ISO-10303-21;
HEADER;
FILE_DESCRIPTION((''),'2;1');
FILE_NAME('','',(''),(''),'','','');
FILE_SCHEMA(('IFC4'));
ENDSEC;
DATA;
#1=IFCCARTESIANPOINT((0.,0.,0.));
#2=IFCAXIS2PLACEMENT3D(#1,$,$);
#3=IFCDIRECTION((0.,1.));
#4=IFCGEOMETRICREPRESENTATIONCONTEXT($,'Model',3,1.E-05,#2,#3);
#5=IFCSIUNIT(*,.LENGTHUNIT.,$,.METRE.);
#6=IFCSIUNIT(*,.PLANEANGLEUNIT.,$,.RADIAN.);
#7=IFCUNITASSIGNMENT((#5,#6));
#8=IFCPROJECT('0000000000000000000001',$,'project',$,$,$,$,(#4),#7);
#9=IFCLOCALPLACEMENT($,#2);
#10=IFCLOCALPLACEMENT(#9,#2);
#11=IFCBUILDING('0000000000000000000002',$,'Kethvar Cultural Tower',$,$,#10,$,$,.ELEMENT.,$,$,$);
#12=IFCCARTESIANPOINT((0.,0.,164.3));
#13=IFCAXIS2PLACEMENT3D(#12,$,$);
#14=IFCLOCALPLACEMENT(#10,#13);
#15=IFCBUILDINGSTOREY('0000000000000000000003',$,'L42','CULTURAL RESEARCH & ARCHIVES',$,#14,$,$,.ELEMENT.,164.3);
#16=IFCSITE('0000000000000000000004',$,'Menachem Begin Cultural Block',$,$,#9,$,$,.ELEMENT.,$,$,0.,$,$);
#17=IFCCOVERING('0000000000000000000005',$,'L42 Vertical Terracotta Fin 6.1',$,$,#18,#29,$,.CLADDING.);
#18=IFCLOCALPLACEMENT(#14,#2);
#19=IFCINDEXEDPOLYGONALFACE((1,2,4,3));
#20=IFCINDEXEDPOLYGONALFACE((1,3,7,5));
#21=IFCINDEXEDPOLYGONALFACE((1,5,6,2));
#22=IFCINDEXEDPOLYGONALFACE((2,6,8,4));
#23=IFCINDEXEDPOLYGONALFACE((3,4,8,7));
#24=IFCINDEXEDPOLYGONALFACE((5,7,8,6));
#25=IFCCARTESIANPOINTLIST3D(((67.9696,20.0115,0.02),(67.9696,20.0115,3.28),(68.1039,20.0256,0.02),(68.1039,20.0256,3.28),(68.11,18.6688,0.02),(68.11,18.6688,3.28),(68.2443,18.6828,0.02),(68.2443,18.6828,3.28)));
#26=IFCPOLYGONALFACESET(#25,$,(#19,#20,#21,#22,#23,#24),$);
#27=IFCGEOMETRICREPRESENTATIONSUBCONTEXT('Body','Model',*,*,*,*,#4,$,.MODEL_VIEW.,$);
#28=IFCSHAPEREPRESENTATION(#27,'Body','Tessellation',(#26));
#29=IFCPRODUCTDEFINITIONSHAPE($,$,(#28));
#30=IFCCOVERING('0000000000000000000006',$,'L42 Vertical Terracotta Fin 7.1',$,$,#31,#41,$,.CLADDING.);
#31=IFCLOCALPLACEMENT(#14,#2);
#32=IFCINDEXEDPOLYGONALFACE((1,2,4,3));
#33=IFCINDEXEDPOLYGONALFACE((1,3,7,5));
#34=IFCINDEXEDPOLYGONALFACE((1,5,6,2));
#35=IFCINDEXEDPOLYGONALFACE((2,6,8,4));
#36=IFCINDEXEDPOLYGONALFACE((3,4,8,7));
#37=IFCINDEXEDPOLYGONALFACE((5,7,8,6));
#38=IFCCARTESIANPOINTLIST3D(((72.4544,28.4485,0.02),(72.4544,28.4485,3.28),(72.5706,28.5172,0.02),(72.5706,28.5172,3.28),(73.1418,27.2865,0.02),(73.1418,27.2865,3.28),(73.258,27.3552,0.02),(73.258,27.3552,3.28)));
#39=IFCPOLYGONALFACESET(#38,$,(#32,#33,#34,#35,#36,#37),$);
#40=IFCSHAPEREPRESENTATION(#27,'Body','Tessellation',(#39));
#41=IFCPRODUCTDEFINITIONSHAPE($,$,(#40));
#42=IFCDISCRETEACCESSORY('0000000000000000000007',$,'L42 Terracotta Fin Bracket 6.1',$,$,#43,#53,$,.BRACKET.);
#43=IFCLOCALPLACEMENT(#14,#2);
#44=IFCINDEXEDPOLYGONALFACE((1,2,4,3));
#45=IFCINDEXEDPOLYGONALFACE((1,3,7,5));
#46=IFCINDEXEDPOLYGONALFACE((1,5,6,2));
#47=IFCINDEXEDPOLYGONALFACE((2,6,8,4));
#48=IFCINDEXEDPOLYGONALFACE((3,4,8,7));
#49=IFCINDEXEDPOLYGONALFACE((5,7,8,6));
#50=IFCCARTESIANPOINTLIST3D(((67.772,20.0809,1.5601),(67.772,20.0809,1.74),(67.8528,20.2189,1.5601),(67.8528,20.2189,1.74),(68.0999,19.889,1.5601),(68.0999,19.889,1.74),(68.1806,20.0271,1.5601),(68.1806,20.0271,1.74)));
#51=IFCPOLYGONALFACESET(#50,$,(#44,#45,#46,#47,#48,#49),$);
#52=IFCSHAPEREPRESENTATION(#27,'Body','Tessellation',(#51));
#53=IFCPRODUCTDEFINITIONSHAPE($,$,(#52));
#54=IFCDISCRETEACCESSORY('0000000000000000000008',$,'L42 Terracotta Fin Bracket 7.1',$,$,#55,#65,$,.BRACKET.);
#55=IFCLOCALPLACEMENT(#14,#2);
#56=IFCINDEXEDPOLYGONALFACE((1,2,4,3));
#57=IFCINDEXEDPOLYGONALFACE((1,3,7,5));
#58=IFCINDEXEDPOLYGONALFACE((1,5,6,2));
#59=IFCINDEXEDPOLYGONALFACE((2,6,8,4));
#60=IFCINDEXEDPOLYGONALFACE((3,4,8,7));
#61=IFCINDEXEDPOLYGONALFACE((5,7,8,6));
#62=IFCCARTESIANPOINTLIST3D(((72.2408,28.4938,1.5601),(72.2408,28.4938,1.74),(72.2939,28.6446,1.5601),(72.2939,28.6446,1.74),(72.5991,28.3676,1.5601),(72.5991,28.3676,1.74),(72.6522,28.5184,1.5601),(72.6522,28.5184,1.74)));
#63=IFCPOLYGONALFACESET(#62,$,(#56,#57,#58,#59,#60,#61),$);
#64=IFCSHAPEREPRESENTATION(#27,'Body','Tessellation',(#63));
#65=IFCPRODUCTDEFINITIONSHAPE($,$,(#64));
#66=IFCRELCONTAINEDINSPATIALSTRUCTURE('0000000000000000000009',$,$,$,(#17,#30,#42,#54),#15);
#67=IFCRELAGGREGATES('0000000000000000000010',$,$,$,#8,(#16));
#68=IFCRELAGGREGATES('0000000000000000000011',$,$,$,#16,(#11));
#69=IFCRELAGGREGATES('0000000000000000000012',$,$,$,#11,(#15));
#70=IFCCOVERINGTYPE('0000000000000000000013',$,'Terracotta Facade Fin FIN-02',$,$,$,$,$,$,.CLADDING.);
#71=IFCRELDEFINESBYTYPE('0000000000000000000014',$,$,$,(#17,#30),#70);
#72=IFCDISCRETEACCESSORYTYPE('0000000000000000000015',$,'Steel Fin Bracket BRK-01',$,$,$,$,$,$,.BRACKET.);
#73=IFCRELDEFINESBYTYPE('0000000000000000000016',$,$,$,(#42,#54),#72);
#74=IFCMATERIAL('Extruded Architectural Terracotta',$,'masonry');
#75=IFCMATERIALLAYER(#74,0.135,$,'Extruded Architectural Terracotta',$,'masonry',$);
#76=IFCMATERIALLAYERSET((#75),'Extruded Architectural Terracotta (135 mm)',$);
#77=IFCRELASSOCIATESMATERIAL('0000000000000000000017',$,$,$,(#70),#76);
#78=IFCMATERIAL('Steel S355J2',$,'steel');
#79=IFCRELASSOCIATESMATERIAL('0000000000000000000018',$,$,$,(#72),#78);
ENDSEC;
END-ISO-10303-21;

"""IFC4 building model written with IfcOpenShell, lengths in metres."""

from ifc_helpers import new_model, si_unit, direction, frame, origin, origin_2d, place, context, subcontext, project, spatial, rectangle, extrude, source, transform, mapped, material, layer, layer_set, type_object, element, save


model = new_model("IFC4")

# Units and contexts
model_context = context("Model", 3, precision=1e-05, world=origin(), true_north=direction((0.0, 1.0)))
body_context = subcontext(model_context, "Body", "Model", "MODEL_VIEW")
ifc_project = project(units=[si_unit("LENGTHUNIT", "METRE"), si_unit("PLANEANGLEUNIT", "RADIAN")], contexts=[model_context])

# Site, building, storey
site_placement = place(None, origin())
site = spatial("IfcSite", under=ifc_project, at=site_placement, Name="Menachem Begin Cultural Block", CompositionType="ELEMENT", RefElevation=0.0)
building_placement = place(site_placement, origin())
building = spatial("IfcBuilding", under=site, at=building_placement, Name="Kethvar Cultural Tower", CompositionType="ELEMENT")
storey_placement = place(building_placement, frame((0.0, 0.0, 164.3)))
storey = spatial("IfcBuildingStorey", under=building, at=storey_placement, Name="L42", Description="CULTURAL RESEARCH & ARCHIVES", CompositionType="ELEMENT", Elevation=164.3)

# Shared definitions
ifc_material_1 = material(Name="Steel S355J2", Category="steel")

# Coverings
ifc_material_2 = material(Name="Extruded Architectural Terracotta", Category="masonry")
ifc_layer_1 = layer(ifc_material_2, 0.135, Name="Extruded Architectural Terracotta", Category="masonry")
ifc_layer_set_1 = layer_set([ifc_layer_1], Name="Extruded Architectural Terracotta (135 mm)")
covering_type_1 = type_object("IfcCoveringType", Name="Terracotta Facade Fin FIN-02", PredefinedType="CLADDING", material=ifc_layer_set_1)
shared_shape_1 = source(origin(), body_context, "Body", "SweptSolid", [
    extrude(rectangle(XDim=1.3501, YDim=0.135, at=origin_2d()), origin(), (0.0, 0.0, 1.0), 3.26),
])
for number, where, z_axis, x_axis, name in (
    (1, (68.1069, 19.3472, 0.02), (0.0, 0.0, 1.0), (0.104008, -0.994576, 0.0), "L42 Vertical Terracotta Fin 6.1"),
    (2, (72.8562, 27.9019, 0.02), (0.0, 0.0, 1.0), (0.509192, -0.860653, 0.0), "L42 Vertical Terracotta Fin 7.1"),
):
    element("IfcCovering", number, at=place(storey_placement, frame(where, z_axis=z_axis, x_axis=x_axis)), inside=storey, type_object=covering_type_1, Name=name, PredefinedType="CLADDING", context=body_context, shape_type="MappedRepresentation", body=[
        mapped(shared_shape_1, transform((0.0, 0.0, 0.0), scale=1.0)),
    ])

# Discrete accessories
discrete_accessory_type = type_object("IfcDiscreteAccessoryType", Name="Steel Fin Bracket BRK-01", PredefinedType="BRACKET", material=ifc_material_1)
shared_shape_2 = source(origin(), body_context, "Body", "SweptSolid", [
    extrude(rectangle(XDim=0.3799, YDim=0.1599, at=origin_2d()), origin(), (0.0, 0.0, 1.0), 0.1799),
])
for number, where, z_axis, x_axis, name in (
    (3, (67.9763, 20.054, 1.5601), (0.0, 0.0, 1.0), (0.863131, -0.50498, 0.0), "L42 Terracotta Fin Bracket 6.1"),
    (4, (72.4465, 28.5061, 1.5601), (0.0, 0.0, 1.0), (0.943223, -0.332161, 0.0), "L42 Terracotta Fin Bracket 7.1"),
):
    element("IfcDiscreteAccessory", number, at=place(storey_placement, frame(where, z_axis=z_axis, x_axis=x_axis)), inside=storey, type_object=discrete_accessory_type, Name=name, PredefinedType="BRACKET", context=body_context, shape_type="MappedRepresentation", body=[
        mapped(shared_shape_2, transform((0.0, 0.0, 0.0), scale=1.0)),
    ])

save(model, "model.ifc")
